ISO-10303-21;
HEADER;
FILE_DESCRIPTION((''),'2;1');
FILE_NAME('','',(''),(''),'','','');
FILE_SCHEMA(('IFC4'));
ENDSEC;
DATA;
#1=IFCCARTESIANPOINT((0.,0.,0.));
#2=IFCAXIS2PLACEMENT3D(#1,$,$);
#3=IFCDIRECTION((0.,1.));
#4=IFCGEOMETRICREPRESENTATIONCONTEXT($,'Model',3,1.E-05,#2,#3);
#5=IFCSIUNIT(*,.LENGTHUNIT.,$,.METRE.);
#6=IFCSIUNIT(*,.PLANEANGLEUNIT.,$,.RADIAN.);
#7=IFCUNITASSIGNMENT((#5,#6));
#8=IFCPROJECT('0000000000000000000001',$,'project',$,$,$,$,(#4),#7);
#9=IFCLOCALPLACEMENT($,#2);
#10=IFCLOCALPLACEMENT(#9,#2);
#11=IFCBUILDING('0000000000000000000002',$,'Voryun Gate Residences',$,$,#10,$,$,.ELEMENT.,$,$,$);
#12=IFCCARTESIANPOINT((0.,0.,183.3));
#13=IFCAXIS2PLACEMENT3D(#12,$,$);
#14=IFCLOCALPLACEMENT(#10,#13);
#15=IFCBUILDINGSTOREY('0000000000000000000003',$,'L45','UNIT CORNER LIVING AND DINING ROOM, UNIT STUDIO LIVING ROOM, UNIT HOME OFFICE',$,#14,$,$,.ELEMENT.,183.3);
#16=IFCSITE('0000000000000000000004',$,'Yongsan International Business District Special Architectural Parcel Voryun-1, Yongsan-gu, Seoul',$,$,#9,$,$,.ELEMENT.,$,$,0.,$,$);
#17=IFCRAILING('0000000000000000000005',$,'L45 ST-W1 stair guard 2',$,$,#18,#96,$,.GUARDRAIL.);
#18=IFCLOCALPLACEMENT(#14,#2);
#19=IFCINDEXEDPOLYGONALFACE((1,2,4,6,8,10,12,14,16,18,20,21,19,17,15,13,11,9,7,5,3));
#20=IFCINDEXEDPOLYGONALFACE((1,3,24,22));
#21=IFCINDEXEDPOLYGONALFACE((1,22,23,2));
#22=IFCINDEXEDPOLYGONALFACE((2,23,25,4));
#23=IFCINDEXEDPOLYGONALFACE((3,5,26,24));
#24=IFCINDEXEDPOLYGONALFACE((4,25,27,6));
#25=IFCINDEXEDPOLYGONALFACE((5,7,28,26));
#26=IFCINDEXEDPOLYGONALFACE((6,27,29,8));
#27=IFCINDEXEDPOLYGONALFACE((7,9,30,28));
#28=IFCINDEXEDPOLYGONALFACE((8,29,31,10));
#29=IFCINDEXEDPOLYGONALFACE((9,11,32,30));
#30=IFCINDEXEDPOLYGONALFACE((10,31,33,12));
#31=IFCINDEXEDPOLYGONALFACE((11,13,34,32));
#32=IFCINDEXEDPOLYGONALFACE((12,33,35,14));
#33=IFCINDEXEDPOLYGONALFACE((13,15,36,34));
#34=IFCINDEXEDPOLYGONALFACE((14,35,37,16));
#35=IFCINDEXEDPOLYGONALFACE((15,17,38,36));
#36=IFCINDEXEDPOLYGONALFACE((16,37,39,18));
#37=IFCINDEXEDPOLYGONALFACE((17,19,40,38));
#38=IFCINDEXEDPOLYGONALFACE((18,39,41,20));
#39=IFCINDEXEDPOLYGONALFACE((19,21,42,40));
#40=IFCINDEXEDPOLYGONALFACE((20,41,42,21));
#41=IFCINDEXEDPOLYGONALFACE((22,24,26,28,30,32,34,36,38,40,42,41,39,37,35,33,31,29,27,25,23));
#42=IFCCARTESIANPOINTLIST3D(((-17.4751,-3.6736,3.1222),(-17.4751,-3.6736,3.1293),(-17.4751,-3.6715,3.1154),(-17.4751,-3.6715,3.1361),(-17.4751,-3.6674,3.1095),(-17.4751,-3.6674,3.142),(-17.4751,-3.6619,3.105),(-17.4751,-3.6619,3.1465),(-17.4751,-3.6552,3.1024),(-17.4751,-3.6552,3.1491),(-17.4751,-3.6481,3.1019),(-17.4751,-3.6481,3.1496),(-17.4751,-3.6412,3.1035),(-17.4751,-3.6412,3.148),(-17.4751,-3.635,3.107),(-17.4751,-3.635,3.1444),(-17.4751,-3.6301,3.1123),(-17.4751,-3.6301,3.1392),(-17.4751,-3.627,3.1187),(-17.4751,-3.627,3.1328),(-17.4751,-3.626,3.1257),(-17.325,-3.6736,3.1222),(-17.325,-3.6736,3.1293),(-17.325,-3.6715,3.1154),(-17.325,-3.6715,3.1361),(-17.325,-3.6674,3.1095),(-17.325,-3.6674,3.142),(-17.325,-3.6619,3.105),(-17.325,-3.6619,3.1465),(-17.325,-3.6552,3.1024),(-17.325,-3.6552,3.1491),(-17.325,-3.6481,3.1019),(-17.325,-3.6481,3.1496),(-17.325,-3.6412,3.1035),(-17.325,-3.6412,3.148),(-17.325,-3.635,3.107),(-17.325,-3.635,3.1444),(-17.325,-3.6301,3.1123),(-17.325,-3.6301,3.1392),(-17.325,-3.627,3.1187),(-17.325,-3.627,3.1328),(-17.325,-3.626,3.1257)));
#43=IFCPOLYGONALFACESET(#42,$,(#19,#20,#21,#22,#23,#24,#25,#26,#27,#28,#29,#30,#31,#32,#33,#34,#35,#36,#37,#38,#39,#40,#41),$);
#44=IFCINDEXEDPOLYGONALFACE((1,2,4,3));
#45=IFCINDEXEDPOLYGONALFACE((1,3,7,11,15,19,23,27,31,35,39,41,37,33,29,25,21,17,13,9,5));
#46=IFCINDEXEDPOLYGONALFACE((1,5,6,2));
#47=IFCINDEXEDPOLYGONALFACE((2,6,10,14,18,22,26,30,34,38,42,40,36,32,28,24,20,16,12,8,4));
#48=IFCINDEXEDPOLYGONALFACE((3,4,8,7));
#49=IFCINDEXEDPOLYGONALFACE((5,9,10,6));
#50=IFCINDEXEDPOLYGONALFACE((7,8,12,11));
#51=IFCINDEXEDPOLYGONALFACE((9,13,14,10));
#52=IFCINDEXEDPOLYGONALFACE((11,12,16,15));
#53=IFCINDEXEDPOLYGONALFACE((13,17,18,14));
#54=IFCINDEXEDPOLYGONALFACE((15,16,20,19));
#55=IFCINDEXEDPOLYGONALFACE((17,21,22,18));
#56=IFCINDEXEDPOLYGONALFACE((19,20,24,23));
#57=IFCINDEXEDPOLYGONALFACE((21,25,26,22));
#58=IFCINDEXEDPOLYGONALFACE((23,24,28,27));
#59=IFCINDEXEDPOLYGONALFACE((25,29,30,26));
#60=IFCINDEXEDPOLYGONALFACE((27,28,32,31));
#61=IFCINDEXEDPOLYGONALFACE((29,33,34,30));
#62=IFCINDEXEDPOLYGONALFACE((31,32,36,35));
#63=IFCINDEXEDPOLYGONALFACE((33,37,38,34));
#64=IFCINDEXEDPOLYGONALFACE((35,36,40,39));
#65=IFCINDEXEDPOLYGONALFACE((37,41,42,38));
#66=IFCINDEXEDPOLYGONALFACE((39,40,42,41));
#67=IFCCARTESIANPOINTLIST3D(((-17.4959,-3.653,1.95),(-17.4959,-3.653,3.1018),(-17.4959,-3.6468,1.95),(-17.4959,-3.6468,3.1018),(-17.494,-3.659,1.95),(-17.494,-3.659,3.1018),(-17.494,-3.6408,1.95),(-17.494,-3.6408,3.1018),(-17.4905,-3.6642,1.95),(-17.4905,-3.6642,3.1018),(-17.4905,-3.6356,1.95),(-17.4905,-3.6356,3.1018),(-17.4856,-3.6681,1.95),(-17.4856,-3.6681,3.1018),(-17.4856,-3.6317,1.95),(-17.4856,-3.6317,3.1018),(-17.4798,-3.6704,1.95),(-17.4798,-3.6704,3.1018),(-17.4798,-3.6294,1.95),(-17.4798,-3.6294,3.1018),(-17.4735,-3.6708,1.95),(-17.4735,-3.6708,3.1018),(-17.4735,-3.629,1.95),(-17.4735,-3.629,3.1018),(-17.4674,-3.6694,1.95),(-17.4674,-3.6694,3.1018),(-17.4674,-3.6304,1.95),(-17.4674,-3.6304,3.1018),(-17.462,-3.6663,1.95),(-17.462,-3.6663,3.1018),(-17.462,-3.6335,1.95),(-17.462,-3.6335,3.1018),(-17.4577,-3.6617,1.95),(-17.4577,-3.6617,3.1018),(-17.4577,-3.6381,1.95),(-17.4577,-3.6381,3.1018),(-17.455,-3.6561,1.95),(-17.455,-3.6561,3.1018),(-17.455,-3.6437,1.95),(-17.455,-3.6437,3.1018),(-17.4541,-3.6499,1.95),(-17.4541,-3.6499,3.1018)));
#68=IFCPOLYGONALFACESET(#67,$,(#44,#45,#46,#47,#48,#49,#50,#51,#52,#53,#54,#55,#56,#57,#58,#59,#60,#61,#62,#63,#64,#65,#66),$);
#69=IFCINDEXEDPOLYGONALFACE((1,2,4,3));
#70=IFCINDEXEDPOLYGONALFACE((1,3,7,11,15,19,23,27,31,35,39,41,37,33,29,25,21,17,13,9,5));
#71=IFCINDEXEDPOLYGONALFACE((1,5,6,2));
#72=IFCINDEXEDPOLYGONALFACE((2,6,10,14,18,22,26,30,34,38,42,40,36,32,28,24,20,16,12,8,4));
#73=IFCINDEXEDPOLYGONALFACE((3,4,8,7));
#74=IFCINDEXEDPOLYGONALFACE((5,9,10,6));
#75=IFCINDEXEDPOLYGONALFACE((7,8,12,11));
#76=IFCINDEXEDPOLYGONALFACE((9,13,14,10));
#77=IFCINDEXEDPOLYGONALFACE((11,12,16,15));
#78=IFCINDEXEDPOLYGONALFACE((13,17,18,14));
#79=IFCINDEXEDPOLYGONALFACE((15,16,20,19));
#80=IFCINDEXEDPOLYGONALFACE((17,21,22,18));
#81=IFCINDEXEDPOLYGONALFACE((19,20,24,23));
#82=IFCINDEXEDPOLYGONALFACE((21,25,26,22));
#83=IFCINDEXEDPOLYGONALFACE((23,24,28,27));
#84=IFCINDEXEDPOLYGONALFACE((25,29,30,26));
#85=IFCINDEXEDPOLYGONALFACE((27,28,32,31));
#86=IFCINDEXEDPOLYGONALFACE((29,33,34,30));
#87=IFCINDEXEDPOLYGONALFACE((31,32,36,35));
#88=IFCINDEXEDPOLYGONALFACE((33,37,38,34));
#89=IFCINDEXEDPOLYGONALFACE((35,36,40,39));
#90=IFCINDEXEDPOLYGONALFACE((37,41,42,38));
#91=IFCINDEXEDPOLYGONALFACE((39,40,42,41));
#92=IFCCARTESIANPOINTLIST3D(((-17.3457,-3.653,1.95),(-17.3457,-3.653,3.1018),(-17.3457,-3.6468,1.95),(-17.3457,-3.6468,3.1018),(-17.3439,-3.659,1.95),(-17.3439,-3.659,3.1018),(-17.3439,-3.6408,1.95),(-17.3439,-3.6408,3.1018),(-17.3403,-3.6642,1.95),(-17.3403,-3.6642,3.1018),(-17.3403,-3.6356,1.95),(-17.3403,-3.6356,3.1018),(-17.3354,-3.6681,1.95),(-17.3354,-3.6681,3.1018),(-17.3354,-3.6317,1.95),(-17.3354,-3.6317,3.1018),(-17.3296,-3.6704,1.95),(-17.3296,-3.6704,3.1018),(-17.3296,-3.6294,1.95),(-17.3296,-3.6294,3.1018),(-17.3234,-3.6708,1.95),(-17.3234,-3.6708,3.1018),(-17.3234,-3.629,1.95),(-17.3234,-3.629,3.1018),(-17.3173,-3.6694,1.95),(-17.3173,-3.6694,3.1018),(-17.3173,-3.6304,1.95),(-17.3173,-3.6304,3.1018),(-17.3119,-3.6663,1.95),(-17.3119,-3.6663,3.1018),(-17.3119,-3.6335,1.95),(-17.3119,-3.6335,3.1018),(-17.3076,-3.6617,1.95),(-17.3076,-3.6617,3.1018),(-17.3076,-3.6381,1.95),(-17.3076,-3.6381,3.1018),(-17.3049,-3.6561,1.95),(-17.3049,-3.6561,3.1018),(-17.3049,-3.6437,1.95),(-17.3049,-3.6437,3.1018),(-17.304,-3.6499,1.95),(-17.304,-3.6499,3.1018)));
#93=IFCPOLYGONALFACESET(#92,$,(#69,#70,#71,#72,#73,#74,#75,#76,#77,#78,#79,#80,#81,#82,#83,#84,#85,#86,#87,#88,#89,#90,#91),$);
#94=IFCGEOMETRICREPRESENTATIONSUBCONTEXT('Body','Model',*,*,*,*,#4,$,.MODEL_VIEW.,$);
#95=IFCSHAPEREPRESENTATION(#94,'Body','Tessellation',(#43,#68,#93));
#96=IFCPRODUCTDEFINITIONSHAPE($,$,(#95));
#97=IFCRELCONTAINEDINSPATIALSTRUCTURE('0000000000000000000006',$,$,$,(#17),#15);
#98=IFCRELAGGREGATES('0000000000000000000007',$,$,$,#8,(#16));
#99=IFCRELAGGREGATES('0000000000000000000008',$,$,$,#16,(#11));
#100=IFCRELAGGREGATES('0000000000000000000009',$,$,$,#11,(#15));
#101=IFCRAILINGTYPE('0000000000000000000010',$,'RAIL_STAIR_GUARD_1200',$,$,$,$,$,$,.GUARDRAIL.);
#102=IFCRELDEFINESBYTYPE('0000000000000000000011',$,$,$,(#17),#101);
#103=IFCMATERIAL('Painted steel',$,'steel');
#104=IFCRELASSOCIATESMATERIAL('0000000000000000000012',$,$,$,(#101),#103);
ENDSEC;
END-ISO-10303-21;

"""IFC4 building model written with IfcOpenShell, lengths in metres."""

from ifc_helpers import new_model, si_unit, direction, frame, origin, origin_2d, place, context, subcontext, project, spatial, circle, extrude, material, type_object, element, save


model = new_model("IFC4")

# Units and contexts
model_context = context("Model", 3, precision=1e-05, world=origin(), true_north=direction((0.0, 1.0)))
body_context = subcontext(model_context, "Body", "Model", "MODEL_VIEW")
ifc_project = project(units=[si_unit("LENGTHUNIT", "METRE"), si_unit("PLANEANGLEUNIT", "RADIAN")], contexts=[model_context])

# Site, building, storey
site_placement = place(None, origin())
site = spatial("IfcSite", under=ifc_project, at=site_placement, Name="Yongsan International Business District Special Architectural Parcel Voryun-1, Yongsan-gu, Seoul", CompositionType="ELEMENT", RefElevation=0.0)
building_placement = place(site_placement, origin())
building = spatial("IfcBuilding", under=site, at=building_placement, Name="Voryun Gate Residences", CompositionType="ELEMENT")
storey_placement = place(building_placement, frame((0.0, 0.0, 183.3)))
storey = spatial("IfcBuildingStorey", under=building, at=storey_placement, Name="L45", Description="UNIT CORNER LIVING AND DINING ROOM, UNIT STUDIO LIVING ROOM, UNIT HOME OFFICE", CompositionType="ELEMENT", Elevation=183.3)

# Railing
ifc_material_1 = material(Name="Painted steel", Category="steel")
railing_type_1 = type_object("IfcRailingType", Name="RAIL_STAIR_GUARD_1200", PredefinedType="GUARDRAIL", material=ifc_material_1)
railing_1_placement = place(storey_placement, frame((-17.4751, -3.6499, 1.95)))
element("IfcRailing", 1, at=railing_1_placement, inside=storey, type_object=railing_type_1, Name="L45 ST-W1 stair guard 2", PredefinedType="GUARDRAIL", context=body_context, shape_type="SweptSolid", body=[
    extrude(circle(Radius=0.0239, at=origin_2d()), frame((0.0, 0.0, 1.1758), z_axis=(1.0, 0.0, 0.0), x_axis=(0.0, 1.0, 0.0)), (0.0, 0.0, 1.0), 0.1501),
    extrude(circle(Radius=0.021, at=origin_2d()), origin(), (0.0, 0.0, 1.0), 1.1519),
    extrude(circle(Radius=0.021, at=origin_2d()), frame((0.1501, 0.0, 0.0)), (0.0, 0.0, 1.0), 1.1519),
])

save(model, "model.ifc")
